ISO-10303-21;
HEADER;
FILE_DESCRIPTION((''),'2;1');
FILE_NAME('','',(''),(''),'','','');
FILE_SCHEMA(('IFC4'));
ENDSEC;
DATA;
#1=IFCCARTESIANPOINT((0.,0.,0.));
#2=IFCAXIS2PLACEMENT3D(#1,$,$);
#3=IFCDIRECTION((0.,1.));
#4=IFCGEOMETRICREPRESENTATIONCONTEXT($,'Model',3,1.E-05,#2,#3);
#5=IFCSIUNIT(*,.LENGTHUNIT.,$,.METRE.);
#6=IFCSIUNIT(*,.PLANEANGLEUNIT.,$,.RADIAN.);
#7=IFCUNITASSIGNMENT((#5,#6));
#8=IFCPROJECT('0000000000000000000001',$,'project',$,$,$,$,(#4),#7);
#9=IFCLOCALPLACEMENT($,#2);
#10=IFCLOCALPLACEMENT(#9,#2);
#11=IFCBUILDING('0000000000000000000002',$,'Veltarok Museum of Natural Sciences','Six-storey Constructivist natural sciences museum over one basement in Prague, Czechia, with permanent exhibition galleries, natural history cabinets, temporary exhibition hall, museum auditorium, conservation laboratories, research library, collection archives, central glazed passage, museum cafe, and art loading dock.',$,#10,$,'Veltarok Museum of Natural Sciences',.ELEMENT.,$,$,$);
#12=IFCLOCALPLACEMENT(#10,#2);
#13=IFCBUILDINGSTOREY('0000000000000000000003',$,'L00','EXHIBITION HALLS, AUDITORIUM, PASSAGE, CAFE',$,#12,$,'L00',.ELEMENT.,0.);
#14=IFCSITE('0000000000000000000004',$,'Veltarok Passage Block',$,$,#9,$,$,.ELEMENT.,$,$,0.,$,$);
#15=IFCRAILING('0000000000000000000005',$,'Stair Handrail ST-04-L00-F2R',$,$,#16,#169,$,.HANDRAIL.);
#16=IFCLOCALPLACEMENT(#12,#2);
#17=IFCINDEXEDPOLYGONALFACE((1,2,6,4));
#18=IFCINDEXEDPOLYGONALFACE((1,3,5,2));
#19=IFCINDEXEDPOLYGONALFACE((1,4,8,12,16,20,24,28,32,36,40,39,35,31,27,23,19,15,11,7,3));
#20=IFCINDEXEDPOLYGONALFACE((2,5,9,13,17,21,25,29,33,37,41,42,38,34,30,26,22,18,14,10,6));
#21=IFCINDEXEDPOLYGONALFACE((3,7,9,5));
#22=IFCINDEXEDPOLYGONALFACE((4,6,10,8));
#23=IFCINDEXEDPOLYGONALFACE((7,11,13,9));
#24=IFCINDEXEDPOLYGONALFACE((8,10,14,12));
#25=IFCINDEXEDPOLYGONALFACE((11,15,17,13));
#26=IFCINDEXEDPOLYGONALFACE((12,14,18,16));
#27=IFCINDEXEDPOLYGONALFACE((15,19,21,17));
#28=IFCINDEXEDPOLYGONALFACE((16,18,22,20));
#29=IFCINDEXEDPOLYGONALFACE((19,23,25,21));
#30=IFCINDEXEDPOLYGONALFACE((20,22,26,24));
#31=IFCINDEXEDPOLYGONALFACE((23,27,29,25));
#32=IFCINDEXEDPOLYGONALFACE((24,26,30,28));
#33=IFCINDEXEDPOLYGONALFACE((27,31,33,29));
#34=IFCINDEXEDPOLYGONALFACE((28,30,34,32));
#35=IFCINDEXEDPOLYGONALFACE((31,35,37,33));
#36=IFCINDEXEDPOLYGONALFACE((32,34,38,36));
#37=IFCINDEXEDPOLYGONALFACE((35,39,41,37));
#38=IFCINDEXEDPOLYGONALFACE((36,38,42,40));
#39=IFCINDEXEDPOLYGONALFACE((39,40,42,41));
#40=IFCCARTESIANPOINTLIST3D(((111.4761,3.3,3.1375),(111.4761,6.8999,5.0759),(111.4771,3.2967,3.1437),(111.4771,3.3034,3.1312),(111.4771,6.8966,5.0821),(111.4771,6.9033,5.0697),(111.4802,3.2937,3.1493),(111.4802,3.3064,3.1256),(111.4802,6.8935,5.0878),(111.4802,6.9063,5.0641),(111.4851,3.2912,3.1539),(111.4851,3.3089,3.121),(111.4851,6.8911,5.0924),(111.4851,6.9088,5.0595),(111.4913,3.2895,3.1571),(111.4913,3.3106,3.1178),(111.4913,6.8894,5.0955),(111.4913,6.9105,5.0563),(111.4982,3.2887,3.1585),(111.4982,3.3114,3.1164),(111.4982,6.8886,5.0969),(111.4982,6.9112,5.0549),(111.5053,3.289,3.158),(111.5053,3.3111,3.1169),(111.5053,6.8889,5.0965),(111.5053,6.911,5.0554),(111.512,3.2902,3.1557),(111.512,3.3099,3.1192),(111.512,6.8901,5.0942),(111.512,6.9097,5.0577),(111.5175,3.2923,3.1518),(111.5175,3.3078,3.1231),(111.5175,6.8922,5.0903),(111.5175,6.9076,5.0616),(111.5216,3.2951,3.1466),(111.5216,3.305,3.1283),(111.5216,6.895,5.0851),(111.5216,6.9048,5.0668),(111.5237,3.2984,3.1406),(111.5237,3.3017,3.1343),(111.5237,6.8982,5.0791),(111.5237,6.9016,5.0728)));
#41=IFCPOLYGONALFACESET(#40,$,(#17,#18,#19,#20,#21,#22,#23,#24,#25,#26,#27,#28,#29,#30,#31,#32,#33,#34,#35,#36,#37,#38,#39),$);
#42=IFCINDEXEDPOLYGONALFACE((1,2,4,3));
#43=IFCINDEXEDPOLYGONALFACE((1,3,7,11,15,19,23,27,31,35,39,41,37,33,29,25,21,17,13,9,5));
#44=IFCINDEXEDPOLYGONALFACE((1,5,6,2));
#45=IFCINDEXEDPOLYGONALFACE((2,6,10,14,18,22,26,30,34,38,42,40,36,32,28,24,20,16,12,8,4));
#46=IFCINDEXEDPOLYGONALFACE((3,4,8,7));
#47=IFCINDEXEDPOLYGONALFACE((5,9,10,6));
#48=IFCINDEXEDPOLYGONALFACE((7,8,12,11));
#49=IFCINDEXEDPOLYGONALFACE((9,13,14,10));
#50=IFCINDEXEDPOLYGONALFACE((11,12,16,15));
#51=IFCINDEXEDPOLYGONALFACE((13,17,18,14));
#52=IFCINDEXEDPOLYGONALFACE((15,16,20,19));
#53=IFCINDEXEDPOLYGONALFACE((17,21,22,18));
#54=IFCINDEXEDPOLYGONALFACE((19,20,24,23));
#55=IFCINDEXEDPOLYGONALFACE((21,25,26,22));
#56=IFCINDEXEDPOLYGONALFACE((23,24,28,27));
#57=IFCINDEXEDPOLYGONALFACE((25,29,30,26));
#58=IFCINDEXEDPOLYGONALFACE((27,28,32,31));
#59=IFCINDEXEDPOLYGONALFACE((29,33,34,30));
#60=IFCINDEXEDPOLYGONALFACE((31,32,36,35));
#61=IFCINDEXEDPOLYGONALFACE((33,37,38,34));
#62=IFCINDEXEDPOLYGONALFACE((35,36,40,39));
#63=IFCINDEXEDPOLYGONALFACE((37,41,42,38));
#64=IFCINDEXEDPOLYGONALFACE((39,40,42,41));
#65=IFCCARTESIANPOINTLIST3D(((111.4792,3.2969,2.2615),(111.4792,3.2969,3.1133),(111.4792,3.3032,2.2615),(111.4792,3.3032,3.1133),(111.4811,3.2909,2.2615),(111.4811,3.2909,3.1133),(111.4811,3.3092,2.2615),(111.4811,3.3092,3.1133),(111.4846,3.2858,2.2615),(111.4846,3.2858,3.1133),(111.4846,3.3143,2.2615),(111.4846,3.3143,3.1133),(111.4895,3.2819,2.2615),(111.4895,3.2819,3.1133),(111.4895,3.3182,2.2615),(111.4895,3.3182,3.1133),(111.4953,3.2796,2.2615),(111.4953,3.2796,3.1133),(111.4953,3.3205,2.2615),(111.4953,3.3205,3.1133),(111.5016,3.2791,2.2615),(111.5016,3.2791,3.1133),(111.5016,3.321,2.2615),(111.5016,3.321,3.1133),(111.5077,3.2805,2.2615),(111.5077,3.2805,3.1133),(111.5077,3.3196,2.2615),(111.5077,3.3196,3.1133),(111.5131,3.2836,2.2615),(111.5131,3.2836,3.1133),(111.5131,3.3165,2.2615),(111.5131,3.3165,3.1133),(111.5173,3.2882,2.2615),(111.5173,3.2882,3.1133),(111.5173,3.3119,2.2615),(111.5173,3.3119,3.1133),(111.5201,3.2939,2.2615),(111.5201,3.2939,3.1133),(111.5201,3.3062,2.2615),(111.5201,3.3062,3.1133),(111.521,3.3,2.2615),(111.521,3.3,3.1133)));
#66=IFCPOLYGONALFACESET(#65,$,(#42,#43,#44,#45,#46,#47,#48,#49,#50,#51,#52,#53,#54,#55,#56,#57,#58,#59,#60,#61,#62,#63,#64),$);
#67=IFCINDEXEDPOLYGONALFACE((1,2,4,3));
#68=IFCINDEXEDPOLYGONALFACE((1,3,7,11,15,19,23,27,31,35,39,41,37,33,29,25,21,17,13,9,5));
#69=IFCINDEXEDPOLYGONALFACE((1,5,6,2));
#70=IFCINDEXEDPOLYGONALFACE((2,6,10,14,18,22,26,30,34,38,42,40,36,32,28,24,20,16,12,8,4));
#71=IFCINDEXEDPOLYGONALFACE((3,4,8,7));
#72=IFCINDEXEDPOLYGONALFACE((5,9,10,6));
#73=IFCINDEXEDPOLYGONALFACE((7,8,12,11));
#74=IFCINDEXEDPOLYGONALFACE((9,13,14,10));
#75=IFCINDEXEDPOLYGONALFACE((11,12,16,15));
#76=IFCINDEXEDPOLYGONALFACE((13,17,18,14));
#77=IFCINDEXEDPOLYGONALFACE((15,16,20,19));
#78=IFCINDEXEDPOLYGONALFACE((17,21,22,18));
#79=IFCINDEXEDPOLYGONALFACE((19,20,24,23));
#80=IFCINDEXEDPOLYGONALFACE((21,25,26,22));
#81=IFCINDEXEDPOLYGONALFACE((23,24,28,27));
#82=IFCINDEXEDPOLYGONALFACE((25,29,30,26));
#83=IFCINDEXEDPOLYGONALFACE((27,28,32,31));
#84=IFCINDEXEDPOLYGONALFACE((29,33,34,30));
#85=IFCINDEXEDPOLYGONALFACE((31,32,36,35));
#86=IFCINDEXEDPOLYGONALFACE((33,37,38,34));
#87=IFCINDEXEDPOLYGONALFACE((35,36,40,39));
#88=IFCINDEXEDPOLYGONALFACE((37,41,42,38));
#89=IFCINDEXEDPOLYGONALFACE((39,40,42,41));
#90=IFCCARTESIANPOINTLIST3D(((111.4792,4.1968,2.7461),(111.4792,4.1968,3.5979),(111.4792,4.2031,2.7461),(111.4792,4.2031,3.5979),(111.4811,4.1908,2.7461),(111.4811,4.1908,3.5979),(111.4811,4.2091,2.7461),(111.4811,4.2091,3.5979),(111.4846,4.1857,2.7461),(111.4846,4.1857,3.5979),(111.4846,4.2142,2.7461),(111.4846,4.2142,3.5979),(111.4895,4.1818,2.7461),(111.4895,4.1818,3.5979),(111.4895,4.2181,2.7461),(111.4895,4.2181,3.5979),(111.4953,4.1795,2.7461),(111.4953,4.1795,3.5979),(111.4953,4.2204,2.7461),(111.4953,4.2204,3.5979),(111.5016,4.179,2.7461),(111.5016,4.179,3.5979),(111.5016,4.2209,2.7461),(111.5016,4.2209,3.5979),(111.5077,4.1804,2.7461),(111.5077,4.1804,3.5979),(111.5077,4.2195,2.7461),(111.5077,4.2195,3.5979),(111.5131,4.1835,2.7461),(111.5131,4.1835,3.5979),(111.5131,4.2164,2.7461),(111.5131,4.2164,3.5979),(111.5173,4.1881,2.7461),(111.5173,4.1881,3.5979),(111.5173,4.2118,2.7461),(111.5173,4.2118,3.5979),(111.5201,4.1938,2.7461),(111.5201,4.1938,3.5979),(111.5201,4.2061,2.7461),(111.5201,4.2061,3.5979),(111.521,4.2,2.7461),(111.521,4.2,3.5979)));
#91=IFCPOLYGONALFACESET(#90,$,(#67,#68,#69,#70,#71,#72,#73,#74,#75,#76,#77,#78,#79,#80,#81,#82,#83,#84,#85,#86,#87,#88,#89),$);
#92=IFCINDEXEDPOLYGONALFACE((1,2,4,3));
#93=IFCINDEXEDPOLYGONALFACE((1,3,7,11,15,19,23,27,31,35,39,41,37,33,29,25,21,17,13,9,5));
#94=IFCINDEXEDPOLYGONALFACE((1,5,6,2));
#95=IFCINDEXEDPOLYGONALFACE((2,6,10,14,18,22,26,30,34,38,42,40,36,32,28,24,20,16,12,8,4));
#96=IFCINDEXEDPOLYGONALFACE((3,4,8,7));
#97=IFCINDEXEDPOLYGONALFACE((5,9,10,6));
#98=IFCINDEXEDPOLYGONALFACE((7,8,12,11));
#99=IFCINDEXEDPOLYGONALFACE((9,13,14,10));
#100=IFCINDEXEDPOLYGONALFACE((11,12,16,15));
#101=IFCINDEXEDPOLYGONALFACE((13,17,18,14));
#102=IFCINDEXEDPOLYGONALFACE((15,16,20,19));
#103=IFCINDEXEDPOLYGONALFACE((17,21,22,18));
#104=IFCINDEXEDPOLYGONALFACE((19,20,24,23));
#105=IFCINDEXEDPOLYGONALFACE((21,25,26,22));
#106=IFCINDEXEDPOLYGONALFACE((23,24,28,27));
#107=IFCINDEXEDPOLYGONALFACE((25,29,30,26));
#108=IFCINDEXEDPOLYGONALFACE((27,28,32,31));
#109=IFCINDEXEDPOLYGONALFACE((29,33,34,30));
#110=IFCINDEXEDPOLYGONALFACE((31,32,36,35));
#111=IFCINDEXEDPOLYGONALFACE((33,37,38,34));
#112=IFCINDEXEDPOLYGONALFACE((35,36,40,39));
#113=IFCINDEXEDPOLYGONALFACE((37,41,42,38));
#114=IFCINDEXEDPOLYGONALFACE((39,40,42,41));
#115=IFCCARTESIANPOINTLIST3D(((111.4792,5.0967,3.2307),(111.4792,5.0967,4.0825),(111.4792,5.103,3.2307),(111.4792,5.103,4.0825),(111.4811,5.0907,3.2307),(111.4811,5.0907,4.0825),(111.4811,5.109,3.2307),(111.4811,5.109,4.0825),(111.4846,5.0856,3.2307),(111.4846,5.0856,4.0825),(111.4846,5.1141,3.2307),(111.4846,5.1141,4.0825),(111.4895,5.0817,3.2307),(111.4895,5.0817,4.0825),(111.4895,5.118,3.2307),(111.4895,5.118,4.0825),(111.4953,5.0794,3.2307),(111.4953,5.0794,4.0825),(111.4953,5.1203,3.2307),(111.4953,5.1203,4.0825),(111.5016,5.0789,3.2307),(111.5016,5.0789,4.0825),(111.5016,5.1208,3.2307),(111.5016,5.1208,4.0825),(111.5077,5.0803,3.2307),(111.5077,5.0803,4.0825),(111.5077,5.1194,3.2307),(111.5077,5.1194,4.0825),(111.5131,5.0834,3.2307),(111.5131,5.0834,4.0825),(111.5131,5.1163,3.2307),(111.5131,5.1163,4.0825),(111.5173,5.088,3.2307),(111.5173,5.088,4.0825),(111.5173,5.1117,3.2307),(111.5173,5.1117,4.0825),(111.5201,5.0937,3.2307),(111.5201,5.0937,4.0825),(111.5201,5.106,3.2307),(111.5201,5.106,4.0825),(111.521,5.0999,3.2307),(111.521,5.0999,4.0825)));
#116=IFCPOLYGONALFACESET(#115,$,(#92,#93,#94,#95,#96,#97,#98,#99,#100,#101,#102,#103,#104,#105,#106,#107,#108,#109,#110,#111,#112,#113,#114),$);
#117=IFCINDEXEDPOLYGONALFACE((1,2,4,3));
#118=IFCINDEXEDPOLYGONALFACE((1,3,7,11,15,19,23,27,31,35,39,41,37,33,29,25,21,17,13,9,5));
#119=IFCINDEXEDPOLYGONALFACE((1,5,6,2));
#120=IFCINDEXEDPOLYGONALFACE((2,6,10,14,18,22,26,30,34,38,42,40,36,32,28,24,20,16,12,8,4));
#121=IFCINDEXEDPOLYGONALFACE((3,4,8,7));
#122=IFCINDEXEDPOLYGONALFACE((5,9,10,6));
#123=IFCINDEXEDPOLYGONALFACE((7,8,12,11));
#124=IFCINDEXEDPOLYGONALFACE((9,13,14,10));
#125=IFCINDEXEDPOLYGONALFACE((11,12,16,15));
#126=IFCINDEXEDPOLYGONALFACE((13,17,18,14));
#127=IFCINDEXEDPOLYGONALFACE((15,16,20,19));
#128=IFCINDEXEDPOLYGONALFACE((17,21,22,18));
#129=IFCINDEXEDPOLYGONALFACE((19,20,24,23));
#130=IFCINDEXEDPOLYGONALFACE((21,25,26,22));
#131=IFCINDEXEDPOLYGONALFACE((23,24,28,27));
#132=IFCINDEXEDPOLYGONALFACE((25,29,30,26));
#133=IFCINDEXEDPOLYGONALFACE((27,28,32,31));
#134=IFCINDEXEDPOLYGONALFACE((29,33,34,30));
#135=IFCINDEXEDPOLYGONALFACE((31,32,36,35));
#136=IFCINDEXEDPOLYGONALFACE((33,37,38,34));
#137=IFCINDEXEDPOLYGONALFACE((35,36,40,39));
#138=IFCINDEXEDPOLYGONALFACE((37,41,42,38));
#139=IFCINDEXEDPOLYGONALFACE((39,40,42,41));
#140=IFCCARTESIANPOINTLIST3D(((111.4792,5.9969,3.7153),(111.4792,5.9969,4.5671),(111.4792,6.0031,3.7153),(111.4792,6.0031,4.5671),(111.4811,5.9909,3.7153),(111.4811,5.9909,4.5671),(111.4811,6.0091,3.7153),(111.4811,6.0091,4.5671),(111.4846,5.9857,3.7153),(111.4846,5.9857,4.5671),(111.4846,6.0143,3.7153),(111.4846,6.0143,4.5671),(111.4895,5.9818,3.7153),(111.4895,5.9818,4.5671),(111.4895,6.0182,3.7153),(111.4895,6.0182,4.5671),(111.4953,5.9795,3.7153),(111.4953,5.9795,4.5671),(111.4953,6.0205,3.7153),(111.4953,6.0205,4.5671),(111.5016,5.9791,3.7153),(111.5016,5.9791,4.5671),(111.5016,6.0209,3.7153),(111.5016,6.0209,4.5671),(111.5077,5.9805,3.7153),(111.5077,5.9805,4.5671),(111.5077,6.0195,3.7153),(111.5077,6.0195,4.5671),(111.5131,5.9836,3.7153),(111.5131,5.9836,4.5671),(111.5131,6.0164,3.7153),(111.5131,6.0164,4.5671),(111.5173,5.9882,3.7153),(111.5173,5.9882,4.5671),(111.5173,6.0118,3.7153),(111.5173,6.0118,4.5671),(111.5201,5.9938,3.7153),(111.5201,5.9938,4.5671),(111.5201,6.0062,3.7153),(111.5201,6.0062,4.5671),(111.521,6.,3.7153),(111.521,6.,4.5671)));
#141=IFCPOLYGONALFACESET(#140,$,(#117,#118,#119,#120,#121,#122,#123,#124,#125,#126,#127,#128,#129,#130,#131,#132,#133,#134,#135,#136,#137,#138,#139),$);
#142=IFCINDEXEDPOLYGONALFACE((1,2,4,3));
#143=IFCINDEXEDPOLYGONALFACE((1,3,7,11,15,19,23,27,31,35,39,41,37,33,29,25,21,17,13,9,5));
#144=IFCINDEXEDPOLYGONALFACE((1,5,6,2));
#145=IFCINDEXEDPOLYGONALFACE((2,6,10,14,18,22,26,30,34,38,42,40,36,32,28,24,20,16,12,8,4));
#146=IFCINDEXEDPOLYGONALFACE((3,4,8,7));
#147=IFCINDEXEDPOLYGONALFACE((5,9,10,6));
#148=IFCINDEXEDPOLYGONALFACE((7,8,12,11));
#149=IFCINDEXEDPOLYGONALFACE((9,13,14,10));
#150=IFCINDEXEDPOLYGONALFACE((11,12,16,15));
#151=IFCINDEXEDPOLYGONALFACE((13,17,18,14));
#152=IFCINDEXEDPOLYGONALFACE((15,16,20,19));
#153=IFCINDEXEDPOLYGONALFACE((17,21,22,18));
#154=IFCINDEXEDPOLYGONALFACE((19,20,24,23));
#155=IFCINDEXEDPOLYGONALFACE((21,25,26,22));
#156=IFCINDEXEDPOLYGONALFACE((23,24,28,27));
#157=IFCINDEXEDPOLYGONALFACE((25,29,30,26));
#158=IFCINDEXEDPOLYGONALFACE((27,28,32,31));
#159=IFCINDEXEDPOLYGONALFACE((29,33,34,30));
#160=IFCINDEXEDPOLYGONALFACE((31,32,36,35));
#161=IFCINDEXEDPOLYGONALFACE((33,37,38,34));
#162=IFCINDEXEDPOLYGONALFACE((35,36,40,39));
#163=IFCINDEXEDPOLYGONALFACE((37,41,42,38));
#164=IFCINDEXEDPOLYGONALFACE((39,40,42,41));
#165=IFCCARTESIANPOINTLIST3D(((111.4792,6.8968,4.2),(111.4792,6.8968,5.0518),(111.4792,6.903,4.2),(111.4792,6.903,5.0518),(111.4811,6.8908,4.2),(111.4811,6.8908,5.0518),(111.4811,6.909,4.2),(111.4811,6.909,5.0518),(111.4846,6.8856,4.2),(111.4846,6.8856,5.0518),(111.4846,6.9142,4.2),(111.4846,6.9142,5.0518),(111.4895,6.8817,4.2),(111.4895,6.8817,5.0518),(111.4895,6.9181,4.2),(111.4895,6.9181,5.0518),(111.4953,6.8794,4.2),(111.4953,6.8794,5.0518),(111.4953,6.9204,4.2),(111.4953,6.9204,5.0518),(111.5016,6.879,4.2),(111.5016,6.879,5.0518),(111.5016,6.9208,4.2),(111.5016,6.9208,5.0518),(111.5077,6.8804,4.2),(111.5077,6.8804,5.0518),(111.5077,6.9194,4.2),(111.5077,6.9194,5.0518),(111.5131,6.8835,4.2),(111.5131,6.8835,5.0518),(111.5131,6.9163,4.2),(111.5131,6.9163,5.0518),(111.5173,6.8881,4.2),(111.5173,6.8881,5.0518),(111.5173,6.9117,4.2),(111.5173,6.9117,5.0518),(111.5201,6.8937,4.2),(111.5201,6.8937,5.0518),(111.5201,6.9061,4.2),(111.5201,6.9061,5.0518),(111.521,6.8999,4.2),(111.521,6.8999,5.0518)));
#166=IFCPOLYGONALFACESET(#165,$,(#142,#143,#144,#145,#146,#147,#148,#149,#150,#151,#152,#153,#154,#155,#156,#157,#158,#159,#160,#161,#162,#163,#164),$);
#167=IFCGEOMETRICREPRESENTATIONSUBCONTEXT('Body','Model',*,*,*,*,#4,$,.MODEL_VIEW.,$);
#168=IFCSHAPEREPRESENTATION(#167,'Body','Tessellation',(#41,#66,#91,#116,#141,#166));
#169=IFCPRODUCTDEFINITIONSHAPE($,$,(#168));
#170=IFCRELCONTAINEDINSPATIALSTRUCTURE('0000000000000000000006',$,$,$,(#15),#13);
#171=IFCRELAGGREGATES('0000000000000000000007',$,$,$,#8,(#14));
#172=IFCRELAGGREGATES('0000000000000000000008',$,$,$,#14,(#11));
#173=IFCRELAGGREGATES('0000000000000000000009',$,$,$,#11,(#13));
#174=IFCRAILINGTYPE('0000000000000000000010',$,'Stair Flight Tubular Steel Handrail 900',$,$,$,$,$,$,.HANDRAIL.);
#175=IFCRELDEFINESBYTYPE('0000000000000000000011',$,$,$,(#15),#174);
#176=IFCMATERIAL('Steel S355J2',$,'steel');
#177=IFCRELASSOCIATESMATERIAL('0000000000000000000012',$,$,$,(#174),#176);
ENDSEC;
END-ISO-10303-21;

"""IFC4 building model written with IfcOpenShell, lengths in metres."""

from ifc_helpers import new_model, si_unit, direction, frame, origin, origin_2d, place, context, subcontext, project, spatial, circle, extrude, material, type_object, element, save


model = new_model("IFC4")

# Units and contexts
model_context = context("Model", 3, precision=1e-05, world=origin(), true_north=direction((0.0, 1.0)))
body_context = subcontext(model_context, "Body", "Model", "MODEL_VIEW")
ifc_project = project(units=[si_unit("LENGTHUNIT", "METRE"), si_unit("PLANEANGLEUNIT", "RADIAN")], contexts=[model_context])

# Site, building, storey
site_placement = place(None, origin())
site = spatial("IfcSite", under=ifc_project, at=site_placement, Name="Veltarok Passage Block", CompositionType="ELEMENT", RefElevation=0.0)
building_placement = place(site_placement, origin())
building = spatial("IfcBuilding", under=site, at=building_placement, Name="Veltarok Museum of Natural Sciences", Description="Six-storey Constructivist natural sciences museum over one basement in Prague, Czechia, with permanent exhibition galleries, natural history cabinets, temporary exhibition hall, museum auditorium, conservation laboratories, research library, collection archives, central glazed passage, museum cafe, and art loading dock.", LongName="Veltarok Museum of Natural Sciences", CompositionType="ELEMENT")
storey_placement = place(building_placement, origin())
storey = spatial("IfcBuildingStorey", under=building, at=storey_placement, Name="L00", Description="EXHIBITION HALLS, AUDITORIUM, PASSAGE, CAFE", LongName="L00", CompositionType="ELEMENT", Elevation=0.0)

# Shared definitions
ifc_material_1 = material(Name="Steel S355J2", Category="steel")

# Railing
railing_type_1 = type_object("IfcRailingType", Name="Stair Flight Tubular Steel Handrail 900", PredefinedType="HANDRAIL", material=ifc_material_1)
for number, where, name in (
    (1, (111.5, 3.3, 2.2615), "Stair Handrail ST-04-L00-F2R"),
):
    element("IfcRailing", number, at=place(storey_placement, frame(where)), inside=storey, type_object=railing_type_1, Name=name, PredefinedType="HANDRAIL", context=body_context, shape_type="SweptSolid", body=[
        extrude(circle(Radius=0.0239, at=origin_2d()), frame((0.0, 0.0, 0.876), z_axis=(0.0, 0.880462, 0.474118), x_axis=(-1.0, 0.0, 0.0)), (0.0, 0.0, 1.0), 4.0886),
        extrude(circle(Radius=0.021, at=origin_2d()), origin(), (0.0, 0.0, 1.0), 0.8518),
        extrude(circle(Radius=0.021, at=origin_2d()), frame((0.0, 0.8999, 0.4846)), (0.0, 0.0, 1.0), 0.8518),
        extrude(circle(Radius=0.021, at=origin_2d()), frame((0.0, 1.7998, 0.9692)), (0.0, 0.0, 1.0), 0.8518),
        extrude(circle(Radius=0.021, at=origin_2d()), frame((0.0, 2.7, 1.4539)), (0.0, 0.0, 1.0), 0.8518),
        extrude(circle(Radius=0.021, at=origin_2d()), frame((0.0, 3.5999, 1.9385)), (0.0, 0.0, 1.0), 0.8518),
    ])

save(model, "model.ifc")
